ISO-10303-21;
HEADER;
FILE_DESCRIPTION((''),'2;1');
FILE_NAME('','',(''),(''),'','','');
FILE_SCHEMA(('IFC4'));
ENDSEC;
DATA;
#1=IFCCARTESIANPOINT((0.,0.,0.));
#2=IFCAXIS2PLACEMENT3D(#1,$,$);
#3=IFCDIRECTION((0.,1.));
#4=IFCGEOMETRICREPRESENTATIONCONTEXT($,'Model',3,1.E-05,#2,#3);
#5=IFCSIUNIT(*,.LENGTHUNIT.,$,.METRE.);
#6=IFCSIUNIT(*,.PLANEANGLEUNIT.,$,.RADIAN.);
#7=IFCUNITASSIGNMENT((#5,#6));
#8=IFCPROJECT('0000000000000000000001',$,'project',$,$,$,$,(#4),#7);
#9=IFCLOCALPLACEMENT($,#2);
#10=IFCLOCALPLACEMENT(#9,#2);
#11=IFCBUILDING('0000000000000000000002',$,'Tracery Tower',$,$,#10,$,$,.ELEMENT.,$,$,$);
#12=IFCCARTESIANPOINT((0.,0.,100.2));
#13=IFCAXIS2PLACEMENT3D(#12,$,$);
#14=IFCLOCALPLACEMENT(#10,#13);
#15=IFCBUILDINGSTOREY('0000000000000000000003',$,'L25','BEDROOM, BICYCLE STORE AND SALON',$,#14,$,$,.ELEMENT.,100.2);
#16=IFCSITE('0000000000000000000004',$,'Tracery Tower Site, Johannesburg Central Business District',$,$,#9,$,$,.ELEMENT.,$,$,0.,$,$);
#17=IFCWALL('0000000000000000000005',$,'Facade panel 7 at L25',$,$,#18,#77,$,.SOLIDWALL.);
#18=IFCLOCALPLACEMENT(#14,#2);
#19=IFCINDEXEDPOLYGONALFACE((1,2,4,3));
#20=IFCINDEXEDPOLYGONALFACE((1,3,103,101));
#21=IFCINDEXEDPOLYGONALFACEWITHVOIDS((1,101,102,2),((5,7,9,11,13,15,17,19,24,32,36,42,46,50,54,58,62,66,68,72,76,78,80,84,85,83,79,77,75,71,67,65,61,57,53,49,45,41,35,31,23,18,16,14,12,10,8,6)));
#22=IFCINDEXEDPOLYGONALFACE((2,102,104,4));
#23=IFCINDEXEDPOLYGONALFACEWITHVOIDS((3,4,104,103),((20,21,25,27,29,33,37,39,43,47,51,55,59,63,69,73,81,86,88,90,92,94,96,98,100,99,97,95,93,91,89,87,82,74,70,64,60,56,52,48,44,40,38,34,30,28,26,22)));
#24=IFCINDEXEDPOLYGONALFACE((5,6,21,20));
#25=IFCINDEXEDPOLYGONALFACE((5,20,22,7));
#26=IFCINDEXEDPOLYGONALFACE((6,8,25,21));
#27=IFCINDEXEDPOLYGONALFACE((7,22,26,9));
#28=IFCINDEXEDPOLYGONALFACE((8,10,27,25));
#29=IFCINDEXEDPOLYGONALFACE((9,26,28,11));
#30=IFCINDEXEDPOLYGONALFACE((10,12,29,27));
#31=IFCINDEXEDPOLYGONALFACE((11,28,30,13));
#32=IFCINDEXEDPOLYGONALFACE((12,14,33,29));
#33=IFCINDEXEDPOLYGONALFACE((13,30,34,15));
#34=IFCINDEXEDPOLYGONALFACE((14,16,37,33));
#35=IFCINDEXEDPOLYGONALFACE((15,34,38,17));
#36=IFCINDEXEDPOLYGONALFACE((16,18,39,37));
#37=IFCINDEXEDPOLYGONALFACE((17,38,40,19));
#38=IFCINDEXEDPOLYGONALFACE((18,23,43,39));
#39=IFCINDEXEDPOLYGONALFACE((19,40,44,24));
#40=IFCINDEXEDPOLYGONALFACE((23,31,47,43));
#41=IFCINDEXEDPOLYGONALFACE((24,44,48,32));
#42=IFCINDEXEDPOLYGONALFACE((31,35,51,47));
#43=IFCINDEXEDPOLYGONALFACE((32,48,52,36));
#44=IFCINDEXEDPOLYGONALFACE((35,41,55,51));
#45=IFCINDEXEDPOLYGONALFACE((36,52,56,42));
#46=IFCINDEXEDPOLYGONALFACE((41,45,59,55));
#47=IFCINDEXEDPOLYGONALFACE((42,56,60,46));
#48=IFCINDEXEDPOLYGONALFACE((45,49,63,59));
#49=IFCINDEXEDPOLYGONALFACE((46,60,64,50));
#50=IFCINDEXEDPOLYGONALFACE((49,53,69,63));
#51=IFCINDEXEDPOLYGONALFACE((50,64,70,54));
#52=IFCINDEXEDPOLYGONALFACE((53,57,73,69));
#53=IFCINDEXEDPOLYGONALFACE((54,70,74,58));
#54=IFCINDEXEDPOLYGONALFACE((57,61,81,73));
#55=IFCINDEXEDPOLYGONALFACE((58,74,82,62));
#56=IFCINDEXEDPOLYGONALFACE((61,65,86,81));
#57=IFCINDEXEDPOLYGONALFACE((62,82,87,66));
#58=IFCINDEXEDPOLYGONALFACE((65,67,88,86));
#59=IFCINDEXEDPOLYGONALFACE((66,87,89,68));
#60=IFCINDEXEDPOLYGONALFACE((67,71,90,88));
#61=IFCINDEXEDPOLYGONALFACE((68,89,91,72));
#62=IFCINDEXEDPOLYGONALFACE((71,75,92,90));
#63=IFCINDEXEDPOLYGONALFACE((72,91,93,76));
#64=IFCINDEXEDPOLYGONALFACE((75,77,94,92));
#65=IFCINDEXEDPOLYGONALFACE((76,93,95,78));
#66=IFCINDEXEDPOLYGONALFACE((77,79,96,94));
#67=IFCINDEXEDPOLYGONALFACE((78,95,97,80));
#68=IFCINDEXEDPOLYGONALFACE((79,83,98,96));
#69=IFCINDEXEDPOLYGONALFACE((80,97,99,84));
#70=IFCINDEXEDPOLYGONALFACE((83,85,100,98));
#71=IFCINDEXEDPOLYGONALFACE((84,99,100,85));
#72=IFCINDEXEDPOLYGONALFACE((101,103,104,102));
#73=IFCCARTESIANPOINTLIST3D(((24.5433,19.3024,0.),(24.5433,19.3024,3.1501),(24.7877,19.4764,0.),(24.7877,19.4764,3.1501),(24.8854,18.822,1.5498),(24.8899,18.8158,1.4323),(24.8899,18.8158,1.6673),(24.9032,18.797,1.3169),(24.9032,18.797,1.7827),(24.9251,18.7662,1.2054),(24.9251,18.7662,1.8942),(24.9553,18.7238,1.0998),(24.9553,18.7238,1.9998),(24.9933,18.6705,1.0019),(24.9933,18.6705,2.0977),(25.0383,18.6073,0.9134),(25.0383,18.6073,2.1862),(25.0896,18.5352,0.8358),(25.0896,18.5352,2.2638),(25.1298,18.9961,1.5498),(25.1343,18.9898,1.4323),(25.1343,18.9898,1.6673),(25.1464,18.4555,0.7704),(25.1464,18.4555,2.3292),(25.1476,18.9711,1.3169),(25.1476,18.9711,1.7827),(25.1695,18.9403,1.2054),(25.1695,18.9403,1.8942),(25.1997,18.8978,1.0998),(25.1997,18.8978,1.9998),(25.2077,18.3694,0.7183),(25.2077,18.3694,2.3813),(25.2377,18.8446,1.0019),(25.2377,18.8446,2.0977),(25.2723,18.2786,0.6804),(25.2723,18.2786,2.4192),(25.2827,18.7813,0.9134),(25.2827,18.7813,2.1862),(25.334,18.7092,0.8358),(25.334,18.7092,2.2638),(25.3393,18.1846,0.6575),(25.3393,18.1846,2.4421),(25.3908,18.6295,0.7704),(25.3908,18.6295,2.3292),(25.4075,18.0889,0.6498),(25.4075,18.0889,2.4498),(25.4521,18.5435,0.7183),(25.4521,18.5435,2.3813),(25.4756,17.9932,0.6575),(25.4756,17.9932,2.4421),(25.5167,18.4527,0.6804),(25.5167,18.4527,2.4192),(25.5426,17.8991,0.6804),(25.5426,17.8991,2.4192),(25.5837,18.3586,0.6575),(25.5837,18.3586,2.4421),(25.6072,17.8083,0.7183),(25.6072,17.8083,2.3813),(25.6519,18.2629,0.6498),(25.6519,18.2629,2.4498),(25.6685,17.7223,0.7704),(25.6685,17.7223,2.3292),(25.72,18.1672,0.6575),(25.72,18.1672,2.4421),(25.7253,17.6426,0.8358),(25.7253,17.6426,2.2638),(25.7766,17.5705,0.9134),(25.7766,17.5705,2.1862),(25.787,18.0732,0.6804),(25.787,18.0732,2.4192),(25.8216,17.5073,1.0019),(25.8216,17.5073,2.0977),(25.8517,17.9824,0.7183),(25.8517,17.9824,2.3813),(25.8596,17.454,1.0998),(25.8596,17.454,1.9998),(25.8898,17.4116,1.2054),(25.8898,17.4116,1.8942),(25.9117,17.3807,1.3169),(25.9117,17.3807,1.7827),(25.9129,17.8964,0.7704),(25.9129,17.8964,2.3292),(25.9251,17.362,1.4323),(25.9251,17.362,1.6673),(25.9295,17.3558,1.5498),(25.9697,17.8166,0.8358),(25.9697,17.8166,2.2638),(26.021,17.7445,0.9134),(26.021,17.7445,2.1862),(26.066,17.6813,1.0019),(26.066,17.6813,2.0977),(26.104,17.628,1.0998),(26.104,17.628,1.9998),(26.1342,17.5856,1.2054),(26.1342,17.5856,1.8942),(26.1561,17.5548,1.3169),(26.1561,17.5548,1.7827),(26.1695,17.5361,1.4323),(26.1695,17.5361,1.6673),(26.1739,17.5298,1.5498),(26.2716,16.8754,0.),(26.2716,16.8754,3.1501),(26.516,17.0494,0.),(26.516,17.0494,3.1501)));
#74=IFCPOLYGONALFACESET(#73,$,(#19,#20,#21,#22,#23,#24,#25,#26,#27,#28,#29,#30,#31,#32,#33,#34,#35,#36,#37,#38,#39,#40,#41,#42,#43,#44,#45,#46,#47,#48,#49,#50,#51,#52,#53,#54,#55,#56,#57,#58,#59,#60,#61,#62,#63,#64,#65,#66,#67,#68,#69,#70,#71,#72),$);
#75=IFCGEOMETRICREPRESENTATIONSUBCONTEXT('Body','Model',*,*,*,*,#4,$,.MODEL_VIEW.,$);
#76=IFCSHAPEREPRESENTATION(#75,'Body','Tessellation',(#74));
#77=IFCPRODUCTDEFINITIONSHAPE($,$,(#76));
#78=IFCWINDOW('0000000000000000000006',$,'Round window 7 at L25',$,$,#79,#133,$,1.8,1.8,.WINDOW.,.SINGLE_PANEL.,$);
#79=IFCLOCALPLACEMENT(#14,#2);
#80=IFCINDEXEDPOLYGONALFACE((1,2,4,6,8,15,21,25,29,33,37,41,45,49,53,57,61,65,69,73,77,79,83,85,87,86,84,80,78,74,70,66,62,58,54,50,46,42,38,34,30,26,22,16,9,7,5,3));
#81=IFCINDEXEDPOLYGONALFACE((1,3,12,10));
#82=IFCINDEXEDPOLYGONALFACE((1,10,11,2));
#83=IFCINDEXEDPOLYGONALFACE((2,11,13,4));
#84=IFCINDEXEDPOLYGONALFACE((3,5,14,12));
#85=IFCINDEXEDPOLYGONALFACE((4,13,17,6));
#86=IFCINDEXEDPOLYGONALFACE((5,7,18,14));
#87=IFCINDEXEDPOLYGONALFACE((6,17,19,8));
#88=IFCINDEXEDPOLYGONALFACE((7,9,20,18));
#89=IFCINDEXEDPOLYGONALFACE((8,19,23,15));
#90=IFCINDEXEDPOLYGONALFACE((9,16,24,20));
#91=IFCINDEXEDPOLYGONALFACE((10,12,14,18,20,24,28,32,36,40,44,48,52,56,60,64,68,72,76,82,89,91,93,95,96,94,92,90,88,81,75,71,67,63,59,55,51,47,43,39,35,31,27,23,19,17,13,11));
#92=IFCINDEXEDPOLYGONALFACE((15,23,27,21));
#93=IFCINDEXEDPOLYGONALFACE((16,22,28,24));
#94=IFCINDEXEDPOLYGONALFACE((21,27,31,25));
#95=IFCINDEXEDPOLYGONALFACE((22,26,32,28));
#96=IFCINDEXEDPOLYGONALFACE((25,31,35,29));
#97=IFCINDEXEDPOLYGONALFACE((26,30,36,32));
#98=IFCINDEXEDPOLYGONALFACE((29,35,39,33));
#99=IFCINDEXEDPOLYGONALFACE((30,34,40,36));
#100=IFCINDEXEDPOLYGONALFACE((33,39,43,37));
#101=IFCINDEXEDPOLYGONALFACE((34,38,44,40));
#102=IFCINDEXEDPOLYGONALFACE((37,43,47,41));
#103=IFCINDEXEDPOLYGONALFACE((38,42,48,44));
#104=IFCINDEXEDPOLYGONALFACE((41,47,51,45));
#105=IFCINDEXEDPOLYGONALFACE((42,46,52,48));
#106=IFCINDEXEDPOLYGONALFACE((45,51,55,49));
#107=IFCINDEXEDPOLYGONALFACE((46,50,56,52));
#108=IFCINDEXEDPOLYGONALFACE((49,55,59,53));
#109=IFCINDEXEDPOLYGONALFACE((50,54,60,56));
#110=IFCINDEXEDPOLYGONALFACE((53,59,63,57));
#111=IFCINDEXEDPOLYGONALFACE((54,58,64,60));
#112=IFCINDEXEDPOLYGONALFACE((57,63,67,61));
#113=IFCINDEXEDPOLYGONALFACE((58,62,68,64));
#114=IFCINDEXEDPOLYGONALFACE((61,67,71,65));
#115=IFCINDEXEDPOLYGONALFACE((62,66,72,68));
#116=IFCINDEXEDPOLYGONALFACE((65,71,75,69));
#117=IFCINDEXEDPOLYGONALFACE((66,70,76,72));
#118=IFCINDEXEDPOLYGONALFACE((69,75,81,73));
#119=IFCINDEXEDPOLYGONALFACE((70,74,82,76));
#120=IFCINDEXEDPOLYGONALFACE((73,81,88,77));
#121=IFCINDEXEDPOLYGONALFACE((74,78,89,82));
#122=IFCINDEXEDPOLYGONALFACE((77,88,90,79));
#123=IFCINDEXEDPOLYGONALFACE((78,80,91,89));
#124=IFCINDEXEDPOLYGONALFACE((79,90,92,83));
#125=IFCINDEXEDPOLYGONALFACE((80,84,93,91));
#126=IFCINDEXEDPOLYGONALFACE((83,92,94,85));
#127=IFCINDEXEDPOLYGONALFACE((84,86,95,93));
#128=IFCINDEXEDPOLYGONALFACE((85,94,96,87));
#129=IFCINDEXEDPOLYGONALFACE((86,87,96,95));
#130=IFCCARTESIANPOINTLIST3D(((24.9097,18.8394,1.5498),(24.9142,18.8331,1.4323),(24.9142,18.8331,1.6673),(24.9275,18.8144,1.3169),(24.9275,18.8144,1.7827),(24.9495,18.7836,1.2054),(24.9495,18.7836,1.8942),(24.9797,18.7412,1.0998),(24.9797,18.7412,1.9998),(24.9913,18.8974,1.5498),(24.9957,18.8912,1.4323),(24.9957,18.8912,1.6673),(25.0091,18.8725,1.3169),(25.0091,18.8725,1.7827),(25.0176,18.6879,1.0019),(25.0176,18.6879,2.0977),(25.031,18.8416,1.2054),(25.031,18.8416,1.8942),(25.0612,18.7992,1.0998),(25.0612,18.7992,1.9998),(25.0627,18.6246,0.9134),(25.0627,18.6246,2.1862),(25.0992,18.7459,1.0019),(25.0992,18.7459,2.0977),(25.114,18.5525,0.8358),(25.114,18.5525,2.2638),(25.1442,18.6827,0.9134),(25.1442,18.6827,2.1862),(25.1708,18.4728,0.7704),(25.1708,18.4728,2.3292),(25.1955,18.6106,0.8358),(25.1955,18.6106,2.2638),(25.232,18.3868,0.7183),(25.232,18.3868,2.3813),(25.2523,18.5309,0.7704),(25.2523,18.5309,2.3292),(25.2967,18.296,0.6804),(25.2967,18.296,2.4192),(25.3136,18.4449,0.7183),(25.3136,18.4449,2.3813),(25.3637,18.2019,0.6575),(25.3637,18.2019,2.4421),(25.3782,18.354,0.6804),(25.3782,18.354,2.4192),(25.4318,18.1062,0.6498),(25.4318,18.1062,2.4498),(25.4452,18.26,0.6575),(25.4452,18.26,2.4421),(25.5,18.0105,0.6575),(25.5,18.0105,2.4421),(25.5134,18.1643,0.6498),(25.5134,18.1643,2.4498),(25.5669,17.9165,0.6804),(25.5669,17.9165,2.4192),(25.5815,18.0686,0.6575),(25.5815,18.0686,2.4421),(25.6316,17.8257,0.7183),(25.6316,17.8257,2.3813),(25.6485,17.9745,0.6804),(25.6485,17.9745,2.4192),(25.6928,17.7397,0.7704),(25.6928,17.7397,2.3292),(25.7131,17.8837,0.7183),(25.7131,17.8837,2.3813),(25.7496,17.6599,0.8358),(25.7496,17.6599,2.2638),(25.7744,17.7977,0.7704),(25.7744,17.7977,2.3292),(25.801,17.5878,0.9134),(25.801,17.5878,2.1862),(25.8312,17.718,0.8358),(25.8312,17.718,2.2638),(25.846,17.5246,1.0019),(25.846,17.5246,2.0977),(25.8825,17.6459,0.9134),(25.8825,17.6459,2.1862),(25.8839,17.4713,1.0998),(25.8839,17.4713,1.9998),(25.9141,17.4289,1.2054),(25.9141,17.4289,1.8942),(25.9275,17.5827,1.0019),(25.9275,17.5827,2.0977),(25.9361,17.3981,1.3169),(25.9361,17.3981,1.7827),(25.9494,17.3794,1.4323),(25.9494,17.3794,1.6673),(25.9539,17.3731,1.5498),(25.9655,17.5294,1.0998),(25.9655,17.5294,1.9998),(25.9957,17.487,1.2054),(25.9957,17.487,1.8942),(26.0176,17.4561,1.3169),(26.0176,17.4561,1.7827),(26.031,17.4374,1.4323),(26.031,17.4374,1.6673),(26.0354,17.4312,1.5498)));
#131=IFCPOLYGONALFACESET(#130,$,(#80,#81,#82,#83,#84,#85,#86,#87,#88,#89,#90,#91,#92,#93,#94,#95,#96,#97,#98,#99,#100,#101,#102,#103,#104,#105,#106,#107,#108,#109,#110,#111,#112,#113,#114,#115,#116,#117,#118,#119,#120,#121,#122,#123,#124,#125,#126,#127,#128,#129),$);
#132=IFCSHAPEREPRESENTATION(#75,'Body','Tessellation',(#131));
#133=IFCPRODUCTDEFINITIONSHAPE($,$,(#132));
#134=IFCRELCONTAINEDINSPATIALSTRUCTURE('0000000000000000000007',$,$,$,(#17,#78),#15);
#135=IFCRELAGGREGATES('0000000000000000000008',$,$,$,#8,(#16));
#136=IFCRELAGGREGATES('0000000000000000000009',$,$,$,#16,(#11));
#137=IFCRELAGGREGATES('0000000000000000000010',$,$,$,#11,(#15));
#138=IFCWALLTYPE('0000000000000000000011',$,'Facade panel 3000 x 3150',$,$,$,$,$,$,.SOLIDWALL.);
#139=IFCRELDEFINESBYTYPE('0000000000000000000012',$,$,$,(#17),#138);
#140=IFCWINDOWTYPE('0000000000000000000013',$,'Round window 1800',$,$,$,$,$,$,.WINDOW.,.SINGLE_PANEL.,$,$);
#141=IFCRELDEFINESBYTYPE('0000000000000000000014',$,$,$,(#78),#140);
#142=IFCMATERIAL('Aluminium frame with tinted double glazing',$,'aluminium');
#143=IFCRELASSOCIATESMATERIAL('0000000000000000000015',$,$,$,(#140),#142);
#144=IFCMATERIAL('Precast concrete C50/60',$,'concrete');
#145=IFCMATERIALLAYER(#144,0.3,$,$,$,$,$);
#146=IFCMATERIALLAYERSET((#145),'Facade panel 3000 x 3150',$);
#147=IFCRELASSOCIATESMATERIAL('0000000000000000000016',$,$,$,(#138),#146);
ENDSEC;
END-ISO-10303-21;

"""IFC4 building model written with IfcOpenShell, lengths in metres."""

from ifc_helpers import new_model, si_unit, direction, frame, frame_2d, origin, origin_2d, place, context, subcontext, project, spatial, rectangle, circle, extrude, material, layer, layer_set, type_object, element, fill, save


model = new_model("IFC4")

# Units and contexts
model_context = context("Model", 3, precision=1e-05, world=origin(), true_north=direction((0.0, 1.0)))
body_context = subcontext(model_context, "Body", "Model", "MODEL_VIEW")
ifc_project = project(units=[si_unit("LENGTHUNIT", "METRE"), si_unit("PLANEANGLEUNIT", "RADIAN")], contexts=[model_context])

# Site, building, storey
site_placement = place(None, origin())
site = spatial("IfcSite", under=ifc_project, at=site_placement, Name="Tracery Tower Site, Johannesburg Central Business District", CompositionType="ELEMENT", RefElevation=0.0)
building_placement = place(site_placement, origin())
building = spatial("IfcBuilding", under=site, at=building_placement, Name="Tracery Tower", CompositionType="ELEMENT")
storey_placement = place(building_placement, frame((0.0, 0.0, 100.2)))
storey = spatial("IfcBuildingStorey", under=building, at=storey_placement, Name="L25", Description="BEDROOM, BICYCLE STORE AND SALON", CompositionType="ELEMENT", Elevation=100.2)

# Wall, opening, window
ifc_material_1 = material(Name="Aluminium frame with tinted double glazing", Category="aluminium")
window_type = type_object("IfcWindowType", Name="Round window 1800", PartitioningType="SINGLE_PANEL", PredefinedType="WINDOW", material=ifc_material_1)
ifc_material_2 = material(Name="Precast concrete C50/60", Category="concrete")
ifc_layer_1 = layer(ifc_material_2, 0.3)
ifc_layer_set_1 = layer_set([ifc_layer_1], Name="Facade panel 3000 x 3150")
wall_type_1 = type_object("IfcWallType", Name="Facade panel 3000 x 3150", PredefinedType="SOLIDWALL", material=ifc_layer_set_1)
wall_1_placement = place(storey_placement, frame((26.3938, 16.9624, 0.0), z_axis=(0.0, 0.0, 1.0), x_axis=(-0.580059, 0.814574, 0.0)))
wall_1 = element("IfcWall", 1, at=wall_1_placement, inside=storey, type_object=wall_type_1, Name="Facade panel 7 at L25", PredefinedType="SOLIDWALL", context=body_context, shape_type="SweptSolid", body=[
    extrude(rectangle(XDim=2.9795, YDim=0.3, at=frame_2d((1.4897, 0.0))), origin(), (0.0, 0.0, 1.0), 3.1501),
])
opening_1_placement = place(wall_1_placement, frame((1.4897, 0.0, 1.5498)))
opening_1 = element("IfcOpeningElement", 2, at=opening_1_placement, cuts=wall_1, PredefinedType="OPENING", context=body_context, shape_type="SweptSolid", body=[
    extrude(circle(Radius=0.9, at=origin_2d()), frame((0.0, 0.1599, 0.0), z_axis=(0.0, -1.0, 0.0), x_axis=(1.0, 0.0, 0.0)), (0.0, 0.0, 1.0), 0.3201),
])
window_1_placement = place(opening_1_placement, origin())
window_1 = element("IfcWindow", 3, at=window_1_placement, inside=storey, type_object=window_type, Name="Round window 7 at L25", OverallHeight=1.8, OverallWidth=1.8, PartitioningType="SINGLE_PANEL", PredefinedType="WINDOW", context=body_context, shape_type="SweptSolid", body=[
    extrude(circle(Radius=0.9, at=origin_2d()), frame((0.0, 0.1201, 0.0), z_axis=(0.0, -1.0, 0.0), x_axis=(1.0, 0.0, 0.0)), (0.0, 0.0, 1.0), 0.1001),
])
fill(opening_1, window_1)

save(model, "model.ifc")
